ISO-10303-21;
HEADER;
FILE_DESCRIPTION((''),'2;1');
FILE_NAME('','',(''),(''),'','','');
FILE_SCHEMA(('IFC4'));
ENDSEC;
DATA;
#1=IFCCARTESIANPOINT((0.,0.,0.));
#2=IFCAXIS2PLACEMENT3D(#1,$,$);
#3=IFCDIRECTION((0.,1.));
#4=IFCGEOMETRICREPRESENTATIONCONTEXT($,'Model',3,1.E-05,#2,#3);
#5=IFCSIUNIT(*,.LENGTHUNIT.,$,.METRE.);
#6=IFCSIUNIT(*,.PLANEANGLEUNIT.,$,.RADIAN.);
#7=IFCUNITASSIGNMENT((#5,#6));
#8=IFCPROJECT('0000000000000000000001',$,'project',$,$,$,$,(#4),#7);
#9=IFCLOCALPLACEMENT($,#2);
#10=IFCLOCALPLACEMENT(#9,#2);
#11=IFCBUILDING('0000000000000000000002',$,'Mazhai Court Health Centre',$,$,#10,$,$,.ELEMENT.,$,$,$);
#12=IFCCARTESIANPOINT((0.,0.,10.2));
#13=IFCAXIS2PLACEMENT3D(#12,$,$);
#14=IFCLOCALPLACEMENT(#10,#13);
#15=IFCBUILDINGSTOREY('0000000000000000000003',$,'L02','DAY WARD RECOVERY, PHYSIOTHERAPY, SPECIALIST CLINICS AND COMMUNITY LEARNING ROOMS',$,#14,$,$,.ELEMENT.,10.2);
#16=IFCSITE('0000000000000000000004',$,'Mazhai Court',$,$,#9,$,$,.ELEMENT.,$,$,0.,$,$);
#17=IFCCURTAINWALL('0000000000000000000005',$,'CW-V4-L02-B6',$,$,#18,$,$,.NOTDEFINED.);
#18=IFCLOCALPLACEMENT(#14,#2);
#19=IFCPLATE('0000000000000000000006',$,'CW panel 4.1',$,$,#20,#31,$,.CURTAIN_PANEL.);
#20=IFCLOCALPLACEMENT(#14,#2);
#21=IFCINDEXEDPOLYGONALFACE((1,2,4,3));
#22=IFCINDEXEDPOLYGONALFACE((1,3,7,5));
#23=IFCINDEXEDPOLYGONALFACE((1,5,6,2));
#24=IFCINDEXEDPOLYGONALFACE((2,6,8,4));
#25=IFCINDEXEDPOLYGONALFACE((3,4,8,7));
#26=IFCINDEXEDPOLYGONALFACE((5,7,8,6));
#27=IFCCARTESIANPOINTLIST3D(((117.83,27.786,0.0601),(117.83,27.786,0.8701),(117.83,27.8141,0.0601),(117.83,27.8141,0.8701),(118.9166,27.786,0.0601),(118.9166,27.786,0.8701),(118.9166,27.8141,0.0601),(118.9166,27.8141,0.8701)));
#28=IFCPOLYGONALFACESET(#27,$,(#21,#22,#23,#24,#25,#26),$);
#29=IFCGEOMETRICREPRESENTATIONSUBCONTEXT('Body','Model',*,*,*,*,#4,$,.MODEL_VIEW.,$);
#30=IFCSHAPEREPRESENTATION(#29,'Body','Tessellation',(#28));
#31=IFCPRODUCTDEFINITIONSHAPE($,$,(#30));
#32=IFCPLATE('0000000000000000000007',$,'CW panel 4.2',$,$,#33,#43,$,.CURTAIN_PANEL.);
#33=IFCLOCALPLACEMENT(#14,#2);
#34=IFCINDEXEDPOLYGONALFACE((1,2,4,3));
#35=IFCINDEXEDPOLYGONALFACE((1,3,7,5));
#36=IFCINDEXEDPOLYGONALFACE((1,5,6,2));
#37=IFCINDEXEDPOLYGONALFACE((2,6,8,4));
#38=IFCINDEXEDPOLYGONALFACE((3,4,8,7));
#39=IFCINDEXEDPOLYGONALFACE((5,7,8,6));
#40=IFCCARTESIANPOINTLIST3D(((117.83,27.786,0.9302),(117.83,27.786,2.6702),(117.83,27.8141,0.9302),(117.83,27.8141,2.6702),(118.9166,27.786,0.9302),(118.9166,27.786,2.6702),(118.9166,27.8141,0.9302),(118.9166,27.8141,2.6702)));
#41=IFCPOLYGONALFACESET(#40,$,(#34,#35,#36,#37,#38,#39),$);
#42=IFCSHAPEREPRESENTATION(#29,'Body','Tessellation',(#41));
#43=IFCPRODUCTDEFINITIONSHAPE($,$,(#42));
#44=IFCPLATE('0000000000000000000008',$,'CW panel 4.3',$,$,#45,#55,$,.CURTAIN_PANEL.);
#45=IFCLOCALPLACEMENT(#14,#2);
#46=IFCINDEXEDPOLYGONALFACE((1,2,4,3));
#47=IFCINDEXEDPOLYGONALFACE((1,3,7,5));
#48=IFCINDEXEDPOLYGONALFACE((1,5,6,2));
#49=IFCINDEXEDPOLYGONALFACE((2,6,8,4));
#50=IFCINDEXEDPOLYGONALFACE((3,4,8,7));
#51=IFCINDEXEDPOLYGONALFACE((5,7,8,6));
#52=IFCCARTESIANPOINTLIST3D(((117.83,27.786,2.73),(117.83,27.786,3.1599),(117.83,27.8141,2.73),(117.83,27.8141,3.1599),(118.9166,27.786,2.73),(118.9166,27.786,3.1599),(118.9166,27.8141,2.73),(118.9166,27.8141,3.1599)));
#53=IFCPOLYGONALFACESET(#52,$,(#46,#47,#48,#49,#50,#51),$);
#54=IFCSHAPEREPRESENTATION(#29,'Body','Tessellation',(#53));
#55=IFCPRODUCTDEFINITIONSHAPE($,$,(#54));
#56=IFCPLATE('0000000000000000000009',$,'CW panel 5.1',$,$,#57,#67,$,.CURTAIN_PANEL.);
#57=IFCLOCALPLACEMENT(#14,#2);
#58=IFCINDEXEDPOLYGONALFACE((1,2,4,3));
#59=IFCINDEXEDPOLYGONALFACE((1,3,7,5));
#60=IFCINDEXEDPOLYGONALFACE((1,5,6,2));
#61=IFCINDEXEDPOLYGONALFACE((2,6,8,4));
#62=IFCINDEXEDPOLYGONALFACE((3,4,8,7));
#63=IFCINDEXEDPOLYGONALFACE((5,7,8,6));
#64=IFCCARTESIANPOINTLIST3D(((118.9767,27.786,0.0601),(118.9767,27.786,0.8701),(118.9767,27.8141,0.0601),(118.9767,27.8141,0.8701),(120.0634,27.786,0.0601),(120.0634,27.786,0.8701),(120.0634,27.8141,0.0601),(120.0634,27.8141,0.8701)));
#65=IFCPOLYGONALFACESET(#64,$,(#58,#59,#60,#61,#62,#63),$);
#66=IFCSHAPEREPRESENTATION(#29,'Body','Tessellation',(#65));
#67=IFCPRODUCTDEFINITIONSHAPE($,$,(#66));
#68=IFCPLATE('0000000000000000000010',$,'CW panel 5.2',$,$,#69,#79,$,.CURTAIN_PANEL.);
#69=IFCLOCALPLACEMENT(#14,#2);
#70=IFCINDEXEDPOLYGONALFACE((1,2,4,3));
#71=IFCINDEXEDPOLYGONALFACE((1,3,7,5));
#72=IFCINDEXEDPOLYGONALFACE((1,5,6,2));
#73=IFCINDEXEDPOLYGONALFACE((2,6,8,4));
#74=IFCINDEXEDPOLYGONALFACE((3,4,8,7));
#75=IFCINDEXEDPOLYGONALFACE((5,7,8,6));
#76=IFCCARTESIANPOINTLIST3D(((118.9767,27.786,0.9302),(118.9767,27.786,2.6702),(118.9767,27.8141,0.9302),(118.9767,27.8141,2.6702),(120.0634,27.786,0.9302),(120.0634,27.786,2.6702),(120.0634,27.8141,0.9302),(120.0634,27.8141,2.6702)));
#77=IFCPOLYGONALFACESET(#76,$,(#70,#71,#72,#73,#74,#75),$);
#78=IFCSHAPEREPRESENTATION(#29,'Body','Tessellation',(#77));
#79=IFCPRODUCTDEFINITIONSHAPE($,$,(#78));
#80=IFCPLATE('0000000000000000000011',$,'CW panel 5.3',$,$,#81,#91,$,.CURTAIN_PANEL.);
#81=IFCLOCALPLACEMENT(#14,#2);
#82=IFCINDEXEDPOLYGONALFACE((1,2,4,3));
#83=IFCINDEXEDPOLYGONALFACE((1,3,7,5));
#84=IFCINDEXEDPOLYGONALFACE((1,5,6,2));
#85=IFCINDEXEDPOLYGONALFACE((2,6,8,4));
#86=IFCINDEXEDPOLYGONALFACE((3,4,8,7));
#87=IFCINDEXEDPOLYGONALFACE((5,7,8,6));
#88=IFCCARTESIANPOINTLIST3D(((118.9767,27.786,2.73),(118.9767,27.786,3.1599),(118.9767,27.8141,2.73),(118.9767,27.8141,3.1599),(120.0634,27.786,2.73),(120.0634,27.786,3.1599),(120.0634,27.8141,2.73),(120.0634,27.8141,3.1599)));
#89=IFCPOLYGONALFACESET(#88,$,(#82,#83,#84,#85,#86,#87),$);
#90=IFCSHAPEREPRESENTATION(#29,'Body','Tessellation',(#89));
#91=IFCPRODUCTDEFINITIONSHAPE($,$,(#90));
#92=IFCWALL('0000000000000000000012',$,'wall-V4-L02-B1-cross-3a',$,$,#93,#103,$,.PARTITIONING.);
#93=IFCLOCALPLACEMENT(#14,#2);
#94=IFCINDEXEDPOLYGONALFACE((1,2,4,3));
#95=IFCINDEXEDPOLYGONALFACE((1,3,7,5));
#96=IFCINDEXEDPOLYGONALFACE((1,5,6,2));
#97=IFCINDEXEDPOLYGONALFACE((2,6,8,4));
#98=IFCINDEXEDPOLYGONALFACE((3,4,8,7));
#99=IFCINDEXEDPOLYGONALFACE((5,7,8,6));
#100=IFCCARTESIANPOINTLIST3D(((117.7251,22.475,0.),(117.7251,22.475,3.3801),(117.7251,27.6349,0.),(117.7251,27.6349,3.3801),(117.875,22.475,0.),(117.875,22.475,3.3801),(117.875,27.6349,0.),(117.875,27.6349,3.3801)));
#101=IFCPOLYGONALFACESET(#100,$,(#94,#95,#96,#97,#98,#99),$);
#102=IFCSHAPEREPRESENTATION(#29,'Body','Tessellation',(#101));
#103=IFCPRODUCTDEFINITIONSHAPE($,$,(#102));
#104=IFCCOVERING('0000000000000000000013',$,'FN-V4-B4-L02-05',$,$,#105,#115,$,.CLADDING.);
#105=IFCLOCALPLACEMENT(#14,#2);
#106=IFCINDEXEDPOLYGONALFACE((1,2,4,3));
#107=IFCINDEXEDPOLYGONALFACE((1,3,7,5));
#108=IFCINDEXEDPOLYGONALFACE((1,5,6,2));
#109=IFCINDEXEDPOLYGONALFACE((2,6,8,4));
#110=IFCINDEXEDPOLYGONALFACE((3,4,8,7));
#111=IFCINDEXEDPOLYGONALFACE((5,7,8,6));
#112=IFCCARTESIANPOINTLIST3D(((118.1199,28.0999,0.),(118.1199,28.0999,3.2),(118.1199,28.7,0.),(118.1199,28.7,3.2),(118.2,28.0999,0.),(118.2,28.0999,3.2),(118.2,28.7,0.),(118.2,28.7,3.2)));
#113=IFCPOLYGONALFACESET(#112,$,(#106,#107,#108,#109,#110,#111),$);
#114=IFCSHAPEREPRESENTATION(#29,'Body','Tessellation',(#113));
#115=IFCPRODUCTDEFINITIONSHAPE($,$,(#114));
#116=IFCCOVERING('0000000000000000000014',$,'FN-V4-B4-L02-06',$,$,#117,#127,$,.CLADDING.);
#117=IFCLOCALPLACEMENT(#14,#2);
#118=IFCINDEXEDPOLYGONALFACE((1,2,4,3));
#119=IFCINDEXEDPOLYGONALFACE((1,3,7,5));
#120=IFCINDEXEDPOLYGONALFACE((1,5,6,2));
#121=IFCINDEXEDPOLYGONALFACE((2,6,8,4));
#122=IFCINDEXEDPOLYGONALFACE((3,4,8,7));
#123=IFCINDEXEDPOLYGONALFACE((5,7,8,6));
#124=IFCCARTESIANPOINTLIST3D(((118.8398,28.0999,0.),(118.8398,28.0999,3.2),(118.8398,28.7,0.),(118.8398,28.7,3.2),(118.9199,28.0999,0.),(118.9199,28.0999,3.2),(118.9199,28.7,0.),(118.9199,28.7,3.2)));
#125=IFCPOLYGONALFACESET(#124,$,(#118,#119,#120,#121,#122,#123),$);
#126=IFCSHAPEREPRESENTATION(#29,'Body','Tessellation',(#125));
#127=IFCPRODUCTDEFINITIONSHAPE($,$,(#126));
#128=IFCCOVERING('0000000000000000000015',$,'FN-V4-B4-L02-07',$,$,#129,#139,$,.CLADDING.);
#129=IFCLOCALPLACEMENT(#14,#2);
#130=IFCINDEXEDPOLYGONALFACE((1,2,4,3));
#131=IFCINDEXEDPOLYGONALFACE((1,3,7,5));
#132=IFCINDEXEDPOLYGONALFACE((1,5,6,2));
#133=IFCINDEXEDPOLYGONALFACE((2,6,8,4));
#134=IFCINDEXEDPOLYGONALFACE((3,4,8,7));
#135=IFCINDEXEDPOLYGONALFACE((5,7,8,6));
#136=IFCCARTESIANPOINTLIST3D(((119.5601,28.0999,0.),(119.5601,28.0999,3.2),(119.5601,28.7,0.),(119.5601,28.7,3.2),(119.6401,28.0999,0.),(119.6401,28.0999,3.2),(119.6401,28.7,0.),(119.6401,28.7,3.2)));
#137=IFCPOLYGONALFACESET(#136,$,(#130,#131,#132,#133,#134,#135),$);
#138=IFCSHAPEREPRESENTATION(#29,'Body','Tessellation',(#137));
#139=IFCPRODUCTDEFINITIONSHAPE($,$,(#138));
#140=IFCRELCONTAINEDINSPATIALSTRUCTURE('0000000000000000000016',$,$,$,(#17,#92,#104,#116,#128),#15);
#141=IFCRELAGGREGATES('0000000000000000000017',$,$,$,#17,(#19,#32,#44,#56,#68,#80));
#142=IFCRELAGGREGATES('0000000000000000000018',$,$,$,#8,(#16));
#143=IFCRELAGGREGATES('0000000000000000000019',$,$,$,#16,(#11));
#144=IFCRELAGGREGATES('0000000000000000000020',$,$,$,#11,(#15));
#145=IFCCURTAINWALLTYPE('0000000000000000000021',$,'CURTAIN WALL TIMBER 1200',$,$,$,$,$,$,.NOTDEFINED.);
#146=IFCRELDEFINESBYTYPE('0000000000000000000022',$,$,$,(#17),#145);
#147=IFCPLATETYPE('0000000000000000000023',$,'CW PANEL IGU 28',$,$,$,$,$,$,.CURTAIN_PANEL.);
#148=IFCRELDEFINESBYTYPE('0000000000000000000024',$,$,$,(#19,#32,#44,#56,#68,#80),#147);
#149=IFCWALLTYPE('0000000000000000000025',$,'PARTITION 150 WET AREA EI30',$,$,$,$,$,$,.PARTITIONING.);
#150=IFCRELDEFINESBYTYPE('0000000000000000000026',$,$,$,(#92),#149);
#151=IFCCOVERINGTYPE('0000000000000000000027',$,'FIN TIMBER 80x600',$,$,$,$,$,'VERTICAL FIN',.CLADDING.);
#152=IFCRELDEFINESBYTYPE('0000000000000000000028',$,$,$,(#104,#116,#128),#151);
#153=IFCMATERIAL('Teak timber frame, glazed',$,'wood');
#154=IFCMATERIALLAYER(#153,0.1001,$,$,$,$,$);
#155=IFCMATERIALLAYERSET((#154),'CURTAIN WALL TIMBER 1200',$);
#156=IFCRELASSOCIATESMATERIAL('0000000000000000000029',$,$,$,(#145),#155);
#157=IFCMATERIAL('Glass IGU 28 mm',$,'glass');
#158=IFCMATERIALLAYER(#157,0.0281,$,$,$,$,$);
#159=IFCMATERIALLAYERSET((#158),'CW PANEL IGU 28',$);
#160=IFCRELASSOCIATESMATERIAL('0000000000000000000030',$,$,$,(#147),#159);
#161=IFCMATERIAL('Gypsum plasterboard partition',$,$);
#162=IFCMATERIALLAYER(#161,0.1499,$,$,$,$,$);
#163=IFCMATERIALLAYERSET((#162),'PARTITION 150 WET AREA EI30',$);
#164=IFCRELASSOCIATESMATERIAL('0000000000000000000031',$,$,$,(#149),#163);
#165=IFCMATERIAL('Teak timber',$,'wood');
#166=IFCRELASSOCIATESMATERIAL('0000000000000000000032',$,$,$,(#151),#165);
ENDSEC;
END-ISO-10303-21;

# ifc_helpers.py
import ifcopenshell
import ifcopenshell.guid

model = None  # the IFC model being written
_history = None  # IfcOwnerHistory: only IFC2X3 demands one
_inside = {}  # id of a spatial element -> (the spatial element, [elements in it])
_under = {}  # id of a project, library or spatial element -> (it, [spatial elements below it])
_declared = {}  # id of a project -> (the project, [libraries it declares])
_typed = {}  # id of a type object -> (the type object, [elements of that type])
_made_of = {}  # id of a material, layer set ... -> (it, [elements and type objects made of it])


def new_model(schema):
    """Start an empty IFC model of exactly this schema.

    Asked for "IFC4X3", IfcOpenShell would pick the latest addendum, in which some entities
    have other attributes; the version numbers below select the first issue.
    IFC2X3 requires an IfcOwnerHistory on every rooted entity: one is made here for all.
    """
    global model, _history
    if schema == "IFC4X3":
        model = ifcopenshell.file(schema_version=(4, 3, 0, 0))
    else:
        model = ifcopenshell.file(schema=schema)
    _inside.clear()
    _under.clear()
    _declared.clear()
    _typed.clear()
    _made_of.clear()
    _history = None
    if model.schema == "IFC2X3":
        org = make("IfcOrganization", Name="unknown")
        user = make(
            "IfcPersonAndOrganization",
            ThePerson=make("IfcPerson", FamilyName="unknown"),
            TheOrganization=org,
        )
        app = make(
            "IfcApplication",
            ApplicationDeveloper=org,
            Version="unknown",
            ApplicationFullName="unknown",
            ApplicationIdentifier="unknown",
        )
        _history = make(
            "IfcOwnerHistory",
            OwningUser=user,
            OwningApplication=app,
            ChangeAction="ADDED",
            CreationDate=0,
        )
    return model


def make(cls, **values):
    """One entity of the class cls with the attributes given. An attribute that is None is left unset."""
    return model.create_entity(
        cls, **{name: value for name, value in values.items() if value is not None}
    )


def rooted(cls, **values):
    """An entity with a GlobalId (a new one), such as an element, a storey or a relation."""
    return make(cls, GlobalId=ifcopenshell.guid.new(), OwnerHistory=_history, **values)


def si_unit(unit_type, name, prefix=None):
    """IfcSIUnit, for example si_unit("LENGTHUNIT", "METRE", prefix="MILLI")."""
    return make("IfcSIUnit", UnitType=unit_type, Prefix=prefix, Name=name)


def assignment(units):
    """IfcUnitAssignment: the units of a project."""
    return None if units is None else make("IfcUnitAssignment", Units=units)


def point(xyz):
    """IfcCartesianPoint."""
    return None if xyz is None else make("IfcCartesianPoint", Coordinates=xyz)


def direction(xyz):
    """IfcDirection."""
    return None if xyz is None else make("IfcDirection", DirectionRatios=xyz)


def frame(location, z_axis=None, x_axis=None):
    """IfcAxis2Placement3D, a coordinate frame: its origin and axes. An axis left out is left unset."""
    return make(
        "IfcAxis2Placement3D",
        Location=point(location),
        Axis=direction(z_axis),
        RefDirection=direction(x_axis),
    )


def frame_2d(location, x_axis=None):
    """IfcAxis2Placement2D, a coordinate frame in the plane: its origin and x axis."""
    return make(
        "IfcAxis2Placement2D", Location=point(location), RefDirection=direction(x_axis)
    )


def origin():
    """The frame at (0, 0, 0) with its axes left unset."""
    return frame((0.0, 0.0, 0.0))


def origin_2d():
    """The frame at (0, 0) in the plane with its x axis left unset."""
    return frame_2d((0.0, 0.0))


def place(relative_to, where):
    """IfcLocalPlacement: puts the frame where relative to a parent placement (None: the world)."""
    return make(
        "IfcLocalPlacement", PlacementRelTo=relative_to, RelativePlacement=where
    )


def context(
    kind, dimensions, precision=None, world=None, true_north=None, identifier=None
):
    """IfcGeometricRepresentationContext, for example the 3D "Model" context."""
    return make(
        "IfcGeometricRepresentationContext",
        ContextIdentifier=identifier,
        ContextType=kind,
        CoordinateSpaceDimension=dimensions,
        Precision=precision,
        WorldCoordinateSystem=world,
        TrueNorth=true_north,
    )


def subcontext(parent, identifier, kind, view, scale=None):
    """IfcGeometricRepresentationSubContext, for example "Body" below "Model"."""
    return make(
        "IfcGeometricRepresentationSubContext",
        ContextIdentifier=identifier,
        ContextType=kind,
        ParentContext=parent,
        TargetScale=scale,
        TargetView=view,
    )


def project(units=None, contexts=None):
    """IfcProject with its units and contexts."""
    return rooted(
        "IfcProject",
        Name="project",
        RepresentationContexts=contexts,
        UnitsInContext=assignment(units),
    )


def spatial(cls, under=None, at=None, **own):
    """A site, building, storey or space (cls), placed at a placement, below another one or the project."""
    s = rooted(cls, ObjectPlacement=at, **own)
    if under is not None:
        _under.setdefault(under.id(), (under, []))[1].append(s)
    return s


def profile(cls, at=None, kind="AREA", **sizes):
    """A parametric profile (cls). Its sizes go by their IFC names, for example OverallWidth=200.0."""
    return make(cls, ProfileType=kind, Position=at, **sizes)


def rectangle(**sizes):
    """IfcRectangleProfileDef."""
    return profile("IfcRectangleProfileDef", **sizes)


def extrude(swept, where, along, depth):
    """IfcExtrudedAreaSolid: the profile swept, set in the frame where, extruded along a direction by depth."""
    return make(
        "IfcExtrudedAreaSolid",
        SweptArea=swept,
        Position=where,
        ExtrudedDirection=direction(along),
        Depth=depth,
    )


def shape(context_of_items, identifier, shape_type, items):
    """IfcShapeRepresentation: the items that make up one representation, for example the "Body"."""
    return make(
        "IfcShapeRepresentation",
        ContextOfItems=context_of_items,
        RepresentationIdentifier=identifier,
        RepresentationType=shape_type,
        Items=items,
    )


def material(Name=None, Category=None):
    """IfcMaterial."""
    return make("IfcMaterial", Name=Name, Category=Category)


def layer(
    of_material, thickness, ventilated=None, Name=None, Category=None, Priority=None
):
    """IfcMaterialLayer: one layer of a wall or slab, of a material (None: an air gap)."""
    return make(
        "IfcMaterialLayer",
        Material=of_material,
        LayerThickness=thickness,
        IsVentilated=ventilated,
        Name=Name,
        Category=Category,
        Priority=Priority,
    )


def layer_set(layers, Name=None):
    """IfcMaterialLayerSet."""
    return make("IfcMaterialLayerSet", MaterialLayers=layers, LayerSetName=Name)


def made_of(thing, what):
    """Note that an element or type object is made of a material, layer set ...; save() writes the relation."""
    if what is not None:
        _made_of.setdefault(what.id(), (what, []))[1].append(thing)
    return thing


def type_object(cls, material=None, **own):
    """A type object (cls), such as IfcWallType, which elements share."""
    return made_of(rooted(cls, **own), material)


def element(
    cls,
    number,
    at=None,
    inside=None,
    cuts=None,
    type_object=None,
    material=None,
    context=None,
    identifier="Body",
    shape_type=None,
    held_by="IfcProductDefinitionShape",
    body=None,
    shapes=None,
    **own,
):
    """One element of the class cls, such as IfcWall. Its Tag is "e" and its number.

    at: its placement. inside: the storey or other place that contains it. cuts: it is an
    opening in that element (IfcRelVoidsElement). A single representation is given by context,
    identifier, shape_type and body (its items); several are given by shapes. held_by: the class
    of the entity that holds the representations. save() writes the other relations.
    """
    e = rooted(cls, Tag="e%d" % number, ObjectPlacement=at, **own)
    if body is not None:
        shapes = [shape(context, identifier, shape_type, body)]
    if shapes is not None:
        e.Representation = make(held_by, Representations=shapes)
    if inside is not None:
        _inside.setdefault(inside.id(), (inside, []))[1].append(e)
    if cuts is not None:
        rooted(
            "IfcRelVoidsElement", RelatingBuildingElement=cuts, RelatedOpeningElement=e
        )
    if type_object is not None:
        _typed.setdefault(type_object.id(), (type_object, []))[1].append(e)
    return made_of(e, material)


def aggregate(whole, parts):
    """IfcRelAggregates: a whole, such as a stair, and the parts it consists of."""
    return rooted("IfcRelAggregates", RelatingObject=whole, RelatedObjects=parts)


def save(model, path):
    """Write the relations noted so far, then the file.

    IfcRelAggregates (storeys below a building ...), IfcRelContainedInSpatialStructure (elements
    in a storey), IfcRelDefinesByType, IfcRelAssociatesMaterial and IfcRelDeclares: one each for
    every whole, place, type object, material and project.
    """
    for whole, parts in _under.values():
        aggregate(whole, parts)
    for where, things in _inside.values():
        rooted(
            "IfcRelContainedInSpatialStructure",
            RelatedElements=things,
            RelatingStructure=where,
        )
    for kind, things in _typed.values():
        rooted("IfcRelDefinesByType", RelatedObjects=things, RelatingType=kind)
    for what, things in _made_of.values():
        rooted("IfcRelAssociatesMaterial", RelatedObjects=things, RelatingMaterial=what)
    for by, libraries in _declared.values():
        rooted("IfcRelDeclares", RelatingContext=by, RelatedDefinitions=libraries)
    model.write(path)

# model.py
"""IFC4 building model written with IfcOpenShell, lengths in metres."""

from ifc_helpers import new_model, si_unit, direction, frame, frame_2d, origin, origin_2d, place, context, subcontext, project, spatial, rectangle, extrude, material, layer, layer_set, type_object, element, aggregate, save


model = new_model("IFC4")

# Units and contexts
model_context = context("Model", 3, precision=1e-05, world=origin(), true_north=direction((0.0, 1.0)))
body_context = subcontext(model_context, "Body", "Model", "MODEL_VIEW")
ifc_project = project(units=[si_unit("LENGTHUNIT", "METRE"), si_unit("PLANEANGLEUNIT", "RADIAN")], contexts=[model_context])

# Site, building, storey
site_placement = place(None, origin())
site = spatial("IfcSite", under=ifc_project, at=site_placement, Name="Mazhai Court", CompositionType="ELEMENT", RefElevation=0.0)
building_placement = place(site_placement, origin())
building = spatial("IfcBuilding", under=site, at=building_placement, Name="Mazhai Court Health Centre", CompositionType="ELEMENT")
storey_placement = place(building_placement, frame((0.0, 0.0, 10.2)))
storey = spatial("IfcBuildingStorey", under=building, at=storey_placement, Name="L02", Description="DAY WARD RECOVERY, PHYSIOTHERAPY, SPECIALIST CLINICS AND COMMUNITY LEARNING ROOMS", CompositionType="ELEMENT", Elevation=10.2)

# Curtain wall, plates
ifc_material_1 = material(Name="Teak timber frame, glazed", Category="wood")
ifc_layer_1 = layer(ifc_material_1, 0.1001)
ifc_layer_set_1 = layer_set([ifc_layer_1], Name="CURTAIN WALL TIMBER 1200")
curtain_wall_type = type_object("IfcCurtainWallType", Name="CURTAIN WALL TIMBER 1200", PredefinedType="NOTDEFINED", material=ifc_layer_set_1)
curtain_wall_placement = place(storey_placement, origin())
curtain_wall = element("IfcCurtainWall", 1, at=curtain_wall_placement, inside=storey, type_object=curtain_wall_type, Name="CW-V4-L02-B6", PredefinedType="NOTDEFINED")
ifc_material_2 = material(Name="Glass IGU 28 mm", Category="glass")
ifc_layer_2 = layer(ifc_material_2, 0.0281)
ifc_layer_set_2 = layer_set([ifc_layer_2], Name="CW PANEL IGU 28")
plate_type = type_object("IfcPlateType", Name="CW PANEL IGU 28", PredefinedType="CURTAIN_PANEL", material=ifc_layer_set_2)
plate_1_placement = place(storey_placement, frame((118.3733, 27.8, 0.0601), z_axis=(0.0, 0.0, 1.0), x_axis=(1.0, 0.0, 0.0)))
plate_1 = element("IfcPlate", 2, at=plate_1_placement, type_object=plate_type, Name="CW panel 4.1", PredefinedType="CURTAIN_PANEL", context=body_context, shape_type="SweptSolid", body=[
    extrude(rectangle(XDim=1.0867, YDim=0.0281, at=origin_2d()), origin(), (0.0, 0.0, 1.0), 0.8101),
])
plate_2_placement = place(storey_placement, frame((118.3733, 27.8, 0.9302), z_axis=(0.0, 0.0, 1.0), x_axis=(1.0, 0.0, 0.0)))
plate_2 = element("IfcPlate", 3, at=plate_2_placement, type_object=plate_type, Name="CW panel 4.2", PredefinedType="CURTAIN_PANEL", context=body_context, shape_type="SweptSolid", body=[
    extrude(rectangle(XDim=1.0867, YDim=0.0281, at=origin_2d()), origin(), (0.0, 0.0, 1.0), 1.74),
])
plate_3_placement = place(storey_placement, frame((118.3733, 27.8, 2.73), z_axis=(0.0, 0.0, 1.0), x_axis=(1.0, 0.0, 0.0)))
plate_3 = element("IfcPlate", 4, at=plate_3_placement, type_object=plate_type, Name="CW panel 4.3", PredefinedType="CURTAIN_PANEL", context=body_context, shape_type="SweptSolid", body=[
    extrude(rectangle(XDim=1.0867, YDim=0.0281, at=origin_2d()), origin(), (0.0, 0.0, 1.0), 0.4299),
])
plate_4_placement = place(storey_placement, frame((119.52, 27.8, 0.0601), z_axis=(0.0, 0.0, 1.0), x_axis=(1.0, 0.0, 0.0)))
plate_4 = element("IfcPlate", 5, at=plate_4_placement, type_object=plate_type, Name="CW panel 5.1", PredefinedType="CURTAIN_PANEL", context=body_context, shape_type="SweptSolid", body=[
    extrude(rectangle(XDim=1.0867, YDim=0.0281, at=origin_2d()), origin(), (0.0, 0.0, 1.0), 0.8101),
])
plate_5_placement = place(storey_placement, frame((119.52, 27.8, 0.9302), z_axis=(0.0, 0.0, 1.0), x_axis=(1.0, 0.0, 0.0)))
plate_5 = element("IfcPlate", 6, at=plate_5_placement, type_object=plate_type, Name="CW panel 5.2", PredefinedType="CURTAIN_PANEL", context=body_context, shape_type="SweptSolid", body=[
    extrude(rectangle(XDim=1.0867, YDim=0.0281, at=origin_2d()), origin(), (0.0, 0.0, 1.0), 1.74),
])
plate_6_placement = place(storey_placement, frame((119.52, 27.8, 2.73), z_axis=(0.0, 0.0, 1.0), x_axis=(1.0, 0.0, 0.0)))
plate_6 = element("IfcPlate", 7, at=plate_6_placement, type_object=plate_type, Name="CW panel 5.3", PredefinedType="CURTAIN_PANEL", context=body_context, shape_type="SweptSolid", body=[
    extrude(rectangle(XDim=1.0867, YDim=0.0281, at=origin_2d()), origin(), (0.0, 0.0, 1.0), 0.4299),
])
aggregate(curtain_wall, [plate_1, plate_2, plate_3, plate_4, plate_5, plate_6])

# Wall
ifc_material_3 = material(Name="Gypsum plasterboard partition")
ifc_layer_3 = layer(ifc_material_3, 0.1499)
ifc_layer_set_3 = layer_set([ifc_layer_3], Name="PARTITION 150 WET AREA EI30")
wall_type = type_object("IfcWallType", Name="PARTITION 150 WET AREA EI30", PredefinedType="PARTITIONING", material=ifc_layer_set_3)
wall_placement = place(storey_placement, frame((117.8, 27.635, 0.0), z_axis=(0.0, 0.0, 1.0), x_axis=(0.0, -1.0, 0.0)))
element("IfcWall", 8, at=wall_placement, inside=storey, type_object=wall_type, Name="wall-V4-L02-B1-cross-3a", PredefinedType="PARTITIONING", context=body_context, shape_type="SweptSolid", body=[
    extrude(rectangle(XDim=5.1599, YDim=0.1499, at=frame_2d((2.5801, 0.0))), origin(), (0.0, 0.0, 1.0), 3.3801),
])

# Coverings
ifc_material_4 = material(Name="Teak timber", Category="wood")
covering_type = type_object("IfcCoveringType", Name="FIN TIMBER 80x600", ElementType="VERTICAL FIN", PredefinedType="CLADDING", material=ifc_material_4)
for number, where, z_axis, x_axis, name in (
    (9, (118.1599, 28.3999, 0.0), (0.0, 0.0, 1.0), (1.0, 0.0, 0.0), "FN-V4-B4-L02-05"),
    (10, (118.8799, 28.3999, 0.0), (0.0, 0.0, 1.0), (1.0, 0.0, 0.0), "FN-V4-B4-L02-06"),
    (11, (119.6001, 28.3999, 0.0), (0.0, 0.0, 1.0), (1.0, 0.0, 0.0), "FN-V4-B4-L02-07"),
):
    element("IfcCovering", number, at=place(storey_placement, frame(where, z_axis=z_axis, x_axis=x_axis)), inside=storey, type_object=covering_type, Name=name, PredefinedType="CLADDING", context=body_context, shape_type="SweptSolid", body=[
        extrude(rectangle(XDim=0.0801, YDim=0.6001, at=origin_2d()), origin(), (0.0, 0.0, 1.0), 3.2),
    ])

save(model, "model.ifc")
